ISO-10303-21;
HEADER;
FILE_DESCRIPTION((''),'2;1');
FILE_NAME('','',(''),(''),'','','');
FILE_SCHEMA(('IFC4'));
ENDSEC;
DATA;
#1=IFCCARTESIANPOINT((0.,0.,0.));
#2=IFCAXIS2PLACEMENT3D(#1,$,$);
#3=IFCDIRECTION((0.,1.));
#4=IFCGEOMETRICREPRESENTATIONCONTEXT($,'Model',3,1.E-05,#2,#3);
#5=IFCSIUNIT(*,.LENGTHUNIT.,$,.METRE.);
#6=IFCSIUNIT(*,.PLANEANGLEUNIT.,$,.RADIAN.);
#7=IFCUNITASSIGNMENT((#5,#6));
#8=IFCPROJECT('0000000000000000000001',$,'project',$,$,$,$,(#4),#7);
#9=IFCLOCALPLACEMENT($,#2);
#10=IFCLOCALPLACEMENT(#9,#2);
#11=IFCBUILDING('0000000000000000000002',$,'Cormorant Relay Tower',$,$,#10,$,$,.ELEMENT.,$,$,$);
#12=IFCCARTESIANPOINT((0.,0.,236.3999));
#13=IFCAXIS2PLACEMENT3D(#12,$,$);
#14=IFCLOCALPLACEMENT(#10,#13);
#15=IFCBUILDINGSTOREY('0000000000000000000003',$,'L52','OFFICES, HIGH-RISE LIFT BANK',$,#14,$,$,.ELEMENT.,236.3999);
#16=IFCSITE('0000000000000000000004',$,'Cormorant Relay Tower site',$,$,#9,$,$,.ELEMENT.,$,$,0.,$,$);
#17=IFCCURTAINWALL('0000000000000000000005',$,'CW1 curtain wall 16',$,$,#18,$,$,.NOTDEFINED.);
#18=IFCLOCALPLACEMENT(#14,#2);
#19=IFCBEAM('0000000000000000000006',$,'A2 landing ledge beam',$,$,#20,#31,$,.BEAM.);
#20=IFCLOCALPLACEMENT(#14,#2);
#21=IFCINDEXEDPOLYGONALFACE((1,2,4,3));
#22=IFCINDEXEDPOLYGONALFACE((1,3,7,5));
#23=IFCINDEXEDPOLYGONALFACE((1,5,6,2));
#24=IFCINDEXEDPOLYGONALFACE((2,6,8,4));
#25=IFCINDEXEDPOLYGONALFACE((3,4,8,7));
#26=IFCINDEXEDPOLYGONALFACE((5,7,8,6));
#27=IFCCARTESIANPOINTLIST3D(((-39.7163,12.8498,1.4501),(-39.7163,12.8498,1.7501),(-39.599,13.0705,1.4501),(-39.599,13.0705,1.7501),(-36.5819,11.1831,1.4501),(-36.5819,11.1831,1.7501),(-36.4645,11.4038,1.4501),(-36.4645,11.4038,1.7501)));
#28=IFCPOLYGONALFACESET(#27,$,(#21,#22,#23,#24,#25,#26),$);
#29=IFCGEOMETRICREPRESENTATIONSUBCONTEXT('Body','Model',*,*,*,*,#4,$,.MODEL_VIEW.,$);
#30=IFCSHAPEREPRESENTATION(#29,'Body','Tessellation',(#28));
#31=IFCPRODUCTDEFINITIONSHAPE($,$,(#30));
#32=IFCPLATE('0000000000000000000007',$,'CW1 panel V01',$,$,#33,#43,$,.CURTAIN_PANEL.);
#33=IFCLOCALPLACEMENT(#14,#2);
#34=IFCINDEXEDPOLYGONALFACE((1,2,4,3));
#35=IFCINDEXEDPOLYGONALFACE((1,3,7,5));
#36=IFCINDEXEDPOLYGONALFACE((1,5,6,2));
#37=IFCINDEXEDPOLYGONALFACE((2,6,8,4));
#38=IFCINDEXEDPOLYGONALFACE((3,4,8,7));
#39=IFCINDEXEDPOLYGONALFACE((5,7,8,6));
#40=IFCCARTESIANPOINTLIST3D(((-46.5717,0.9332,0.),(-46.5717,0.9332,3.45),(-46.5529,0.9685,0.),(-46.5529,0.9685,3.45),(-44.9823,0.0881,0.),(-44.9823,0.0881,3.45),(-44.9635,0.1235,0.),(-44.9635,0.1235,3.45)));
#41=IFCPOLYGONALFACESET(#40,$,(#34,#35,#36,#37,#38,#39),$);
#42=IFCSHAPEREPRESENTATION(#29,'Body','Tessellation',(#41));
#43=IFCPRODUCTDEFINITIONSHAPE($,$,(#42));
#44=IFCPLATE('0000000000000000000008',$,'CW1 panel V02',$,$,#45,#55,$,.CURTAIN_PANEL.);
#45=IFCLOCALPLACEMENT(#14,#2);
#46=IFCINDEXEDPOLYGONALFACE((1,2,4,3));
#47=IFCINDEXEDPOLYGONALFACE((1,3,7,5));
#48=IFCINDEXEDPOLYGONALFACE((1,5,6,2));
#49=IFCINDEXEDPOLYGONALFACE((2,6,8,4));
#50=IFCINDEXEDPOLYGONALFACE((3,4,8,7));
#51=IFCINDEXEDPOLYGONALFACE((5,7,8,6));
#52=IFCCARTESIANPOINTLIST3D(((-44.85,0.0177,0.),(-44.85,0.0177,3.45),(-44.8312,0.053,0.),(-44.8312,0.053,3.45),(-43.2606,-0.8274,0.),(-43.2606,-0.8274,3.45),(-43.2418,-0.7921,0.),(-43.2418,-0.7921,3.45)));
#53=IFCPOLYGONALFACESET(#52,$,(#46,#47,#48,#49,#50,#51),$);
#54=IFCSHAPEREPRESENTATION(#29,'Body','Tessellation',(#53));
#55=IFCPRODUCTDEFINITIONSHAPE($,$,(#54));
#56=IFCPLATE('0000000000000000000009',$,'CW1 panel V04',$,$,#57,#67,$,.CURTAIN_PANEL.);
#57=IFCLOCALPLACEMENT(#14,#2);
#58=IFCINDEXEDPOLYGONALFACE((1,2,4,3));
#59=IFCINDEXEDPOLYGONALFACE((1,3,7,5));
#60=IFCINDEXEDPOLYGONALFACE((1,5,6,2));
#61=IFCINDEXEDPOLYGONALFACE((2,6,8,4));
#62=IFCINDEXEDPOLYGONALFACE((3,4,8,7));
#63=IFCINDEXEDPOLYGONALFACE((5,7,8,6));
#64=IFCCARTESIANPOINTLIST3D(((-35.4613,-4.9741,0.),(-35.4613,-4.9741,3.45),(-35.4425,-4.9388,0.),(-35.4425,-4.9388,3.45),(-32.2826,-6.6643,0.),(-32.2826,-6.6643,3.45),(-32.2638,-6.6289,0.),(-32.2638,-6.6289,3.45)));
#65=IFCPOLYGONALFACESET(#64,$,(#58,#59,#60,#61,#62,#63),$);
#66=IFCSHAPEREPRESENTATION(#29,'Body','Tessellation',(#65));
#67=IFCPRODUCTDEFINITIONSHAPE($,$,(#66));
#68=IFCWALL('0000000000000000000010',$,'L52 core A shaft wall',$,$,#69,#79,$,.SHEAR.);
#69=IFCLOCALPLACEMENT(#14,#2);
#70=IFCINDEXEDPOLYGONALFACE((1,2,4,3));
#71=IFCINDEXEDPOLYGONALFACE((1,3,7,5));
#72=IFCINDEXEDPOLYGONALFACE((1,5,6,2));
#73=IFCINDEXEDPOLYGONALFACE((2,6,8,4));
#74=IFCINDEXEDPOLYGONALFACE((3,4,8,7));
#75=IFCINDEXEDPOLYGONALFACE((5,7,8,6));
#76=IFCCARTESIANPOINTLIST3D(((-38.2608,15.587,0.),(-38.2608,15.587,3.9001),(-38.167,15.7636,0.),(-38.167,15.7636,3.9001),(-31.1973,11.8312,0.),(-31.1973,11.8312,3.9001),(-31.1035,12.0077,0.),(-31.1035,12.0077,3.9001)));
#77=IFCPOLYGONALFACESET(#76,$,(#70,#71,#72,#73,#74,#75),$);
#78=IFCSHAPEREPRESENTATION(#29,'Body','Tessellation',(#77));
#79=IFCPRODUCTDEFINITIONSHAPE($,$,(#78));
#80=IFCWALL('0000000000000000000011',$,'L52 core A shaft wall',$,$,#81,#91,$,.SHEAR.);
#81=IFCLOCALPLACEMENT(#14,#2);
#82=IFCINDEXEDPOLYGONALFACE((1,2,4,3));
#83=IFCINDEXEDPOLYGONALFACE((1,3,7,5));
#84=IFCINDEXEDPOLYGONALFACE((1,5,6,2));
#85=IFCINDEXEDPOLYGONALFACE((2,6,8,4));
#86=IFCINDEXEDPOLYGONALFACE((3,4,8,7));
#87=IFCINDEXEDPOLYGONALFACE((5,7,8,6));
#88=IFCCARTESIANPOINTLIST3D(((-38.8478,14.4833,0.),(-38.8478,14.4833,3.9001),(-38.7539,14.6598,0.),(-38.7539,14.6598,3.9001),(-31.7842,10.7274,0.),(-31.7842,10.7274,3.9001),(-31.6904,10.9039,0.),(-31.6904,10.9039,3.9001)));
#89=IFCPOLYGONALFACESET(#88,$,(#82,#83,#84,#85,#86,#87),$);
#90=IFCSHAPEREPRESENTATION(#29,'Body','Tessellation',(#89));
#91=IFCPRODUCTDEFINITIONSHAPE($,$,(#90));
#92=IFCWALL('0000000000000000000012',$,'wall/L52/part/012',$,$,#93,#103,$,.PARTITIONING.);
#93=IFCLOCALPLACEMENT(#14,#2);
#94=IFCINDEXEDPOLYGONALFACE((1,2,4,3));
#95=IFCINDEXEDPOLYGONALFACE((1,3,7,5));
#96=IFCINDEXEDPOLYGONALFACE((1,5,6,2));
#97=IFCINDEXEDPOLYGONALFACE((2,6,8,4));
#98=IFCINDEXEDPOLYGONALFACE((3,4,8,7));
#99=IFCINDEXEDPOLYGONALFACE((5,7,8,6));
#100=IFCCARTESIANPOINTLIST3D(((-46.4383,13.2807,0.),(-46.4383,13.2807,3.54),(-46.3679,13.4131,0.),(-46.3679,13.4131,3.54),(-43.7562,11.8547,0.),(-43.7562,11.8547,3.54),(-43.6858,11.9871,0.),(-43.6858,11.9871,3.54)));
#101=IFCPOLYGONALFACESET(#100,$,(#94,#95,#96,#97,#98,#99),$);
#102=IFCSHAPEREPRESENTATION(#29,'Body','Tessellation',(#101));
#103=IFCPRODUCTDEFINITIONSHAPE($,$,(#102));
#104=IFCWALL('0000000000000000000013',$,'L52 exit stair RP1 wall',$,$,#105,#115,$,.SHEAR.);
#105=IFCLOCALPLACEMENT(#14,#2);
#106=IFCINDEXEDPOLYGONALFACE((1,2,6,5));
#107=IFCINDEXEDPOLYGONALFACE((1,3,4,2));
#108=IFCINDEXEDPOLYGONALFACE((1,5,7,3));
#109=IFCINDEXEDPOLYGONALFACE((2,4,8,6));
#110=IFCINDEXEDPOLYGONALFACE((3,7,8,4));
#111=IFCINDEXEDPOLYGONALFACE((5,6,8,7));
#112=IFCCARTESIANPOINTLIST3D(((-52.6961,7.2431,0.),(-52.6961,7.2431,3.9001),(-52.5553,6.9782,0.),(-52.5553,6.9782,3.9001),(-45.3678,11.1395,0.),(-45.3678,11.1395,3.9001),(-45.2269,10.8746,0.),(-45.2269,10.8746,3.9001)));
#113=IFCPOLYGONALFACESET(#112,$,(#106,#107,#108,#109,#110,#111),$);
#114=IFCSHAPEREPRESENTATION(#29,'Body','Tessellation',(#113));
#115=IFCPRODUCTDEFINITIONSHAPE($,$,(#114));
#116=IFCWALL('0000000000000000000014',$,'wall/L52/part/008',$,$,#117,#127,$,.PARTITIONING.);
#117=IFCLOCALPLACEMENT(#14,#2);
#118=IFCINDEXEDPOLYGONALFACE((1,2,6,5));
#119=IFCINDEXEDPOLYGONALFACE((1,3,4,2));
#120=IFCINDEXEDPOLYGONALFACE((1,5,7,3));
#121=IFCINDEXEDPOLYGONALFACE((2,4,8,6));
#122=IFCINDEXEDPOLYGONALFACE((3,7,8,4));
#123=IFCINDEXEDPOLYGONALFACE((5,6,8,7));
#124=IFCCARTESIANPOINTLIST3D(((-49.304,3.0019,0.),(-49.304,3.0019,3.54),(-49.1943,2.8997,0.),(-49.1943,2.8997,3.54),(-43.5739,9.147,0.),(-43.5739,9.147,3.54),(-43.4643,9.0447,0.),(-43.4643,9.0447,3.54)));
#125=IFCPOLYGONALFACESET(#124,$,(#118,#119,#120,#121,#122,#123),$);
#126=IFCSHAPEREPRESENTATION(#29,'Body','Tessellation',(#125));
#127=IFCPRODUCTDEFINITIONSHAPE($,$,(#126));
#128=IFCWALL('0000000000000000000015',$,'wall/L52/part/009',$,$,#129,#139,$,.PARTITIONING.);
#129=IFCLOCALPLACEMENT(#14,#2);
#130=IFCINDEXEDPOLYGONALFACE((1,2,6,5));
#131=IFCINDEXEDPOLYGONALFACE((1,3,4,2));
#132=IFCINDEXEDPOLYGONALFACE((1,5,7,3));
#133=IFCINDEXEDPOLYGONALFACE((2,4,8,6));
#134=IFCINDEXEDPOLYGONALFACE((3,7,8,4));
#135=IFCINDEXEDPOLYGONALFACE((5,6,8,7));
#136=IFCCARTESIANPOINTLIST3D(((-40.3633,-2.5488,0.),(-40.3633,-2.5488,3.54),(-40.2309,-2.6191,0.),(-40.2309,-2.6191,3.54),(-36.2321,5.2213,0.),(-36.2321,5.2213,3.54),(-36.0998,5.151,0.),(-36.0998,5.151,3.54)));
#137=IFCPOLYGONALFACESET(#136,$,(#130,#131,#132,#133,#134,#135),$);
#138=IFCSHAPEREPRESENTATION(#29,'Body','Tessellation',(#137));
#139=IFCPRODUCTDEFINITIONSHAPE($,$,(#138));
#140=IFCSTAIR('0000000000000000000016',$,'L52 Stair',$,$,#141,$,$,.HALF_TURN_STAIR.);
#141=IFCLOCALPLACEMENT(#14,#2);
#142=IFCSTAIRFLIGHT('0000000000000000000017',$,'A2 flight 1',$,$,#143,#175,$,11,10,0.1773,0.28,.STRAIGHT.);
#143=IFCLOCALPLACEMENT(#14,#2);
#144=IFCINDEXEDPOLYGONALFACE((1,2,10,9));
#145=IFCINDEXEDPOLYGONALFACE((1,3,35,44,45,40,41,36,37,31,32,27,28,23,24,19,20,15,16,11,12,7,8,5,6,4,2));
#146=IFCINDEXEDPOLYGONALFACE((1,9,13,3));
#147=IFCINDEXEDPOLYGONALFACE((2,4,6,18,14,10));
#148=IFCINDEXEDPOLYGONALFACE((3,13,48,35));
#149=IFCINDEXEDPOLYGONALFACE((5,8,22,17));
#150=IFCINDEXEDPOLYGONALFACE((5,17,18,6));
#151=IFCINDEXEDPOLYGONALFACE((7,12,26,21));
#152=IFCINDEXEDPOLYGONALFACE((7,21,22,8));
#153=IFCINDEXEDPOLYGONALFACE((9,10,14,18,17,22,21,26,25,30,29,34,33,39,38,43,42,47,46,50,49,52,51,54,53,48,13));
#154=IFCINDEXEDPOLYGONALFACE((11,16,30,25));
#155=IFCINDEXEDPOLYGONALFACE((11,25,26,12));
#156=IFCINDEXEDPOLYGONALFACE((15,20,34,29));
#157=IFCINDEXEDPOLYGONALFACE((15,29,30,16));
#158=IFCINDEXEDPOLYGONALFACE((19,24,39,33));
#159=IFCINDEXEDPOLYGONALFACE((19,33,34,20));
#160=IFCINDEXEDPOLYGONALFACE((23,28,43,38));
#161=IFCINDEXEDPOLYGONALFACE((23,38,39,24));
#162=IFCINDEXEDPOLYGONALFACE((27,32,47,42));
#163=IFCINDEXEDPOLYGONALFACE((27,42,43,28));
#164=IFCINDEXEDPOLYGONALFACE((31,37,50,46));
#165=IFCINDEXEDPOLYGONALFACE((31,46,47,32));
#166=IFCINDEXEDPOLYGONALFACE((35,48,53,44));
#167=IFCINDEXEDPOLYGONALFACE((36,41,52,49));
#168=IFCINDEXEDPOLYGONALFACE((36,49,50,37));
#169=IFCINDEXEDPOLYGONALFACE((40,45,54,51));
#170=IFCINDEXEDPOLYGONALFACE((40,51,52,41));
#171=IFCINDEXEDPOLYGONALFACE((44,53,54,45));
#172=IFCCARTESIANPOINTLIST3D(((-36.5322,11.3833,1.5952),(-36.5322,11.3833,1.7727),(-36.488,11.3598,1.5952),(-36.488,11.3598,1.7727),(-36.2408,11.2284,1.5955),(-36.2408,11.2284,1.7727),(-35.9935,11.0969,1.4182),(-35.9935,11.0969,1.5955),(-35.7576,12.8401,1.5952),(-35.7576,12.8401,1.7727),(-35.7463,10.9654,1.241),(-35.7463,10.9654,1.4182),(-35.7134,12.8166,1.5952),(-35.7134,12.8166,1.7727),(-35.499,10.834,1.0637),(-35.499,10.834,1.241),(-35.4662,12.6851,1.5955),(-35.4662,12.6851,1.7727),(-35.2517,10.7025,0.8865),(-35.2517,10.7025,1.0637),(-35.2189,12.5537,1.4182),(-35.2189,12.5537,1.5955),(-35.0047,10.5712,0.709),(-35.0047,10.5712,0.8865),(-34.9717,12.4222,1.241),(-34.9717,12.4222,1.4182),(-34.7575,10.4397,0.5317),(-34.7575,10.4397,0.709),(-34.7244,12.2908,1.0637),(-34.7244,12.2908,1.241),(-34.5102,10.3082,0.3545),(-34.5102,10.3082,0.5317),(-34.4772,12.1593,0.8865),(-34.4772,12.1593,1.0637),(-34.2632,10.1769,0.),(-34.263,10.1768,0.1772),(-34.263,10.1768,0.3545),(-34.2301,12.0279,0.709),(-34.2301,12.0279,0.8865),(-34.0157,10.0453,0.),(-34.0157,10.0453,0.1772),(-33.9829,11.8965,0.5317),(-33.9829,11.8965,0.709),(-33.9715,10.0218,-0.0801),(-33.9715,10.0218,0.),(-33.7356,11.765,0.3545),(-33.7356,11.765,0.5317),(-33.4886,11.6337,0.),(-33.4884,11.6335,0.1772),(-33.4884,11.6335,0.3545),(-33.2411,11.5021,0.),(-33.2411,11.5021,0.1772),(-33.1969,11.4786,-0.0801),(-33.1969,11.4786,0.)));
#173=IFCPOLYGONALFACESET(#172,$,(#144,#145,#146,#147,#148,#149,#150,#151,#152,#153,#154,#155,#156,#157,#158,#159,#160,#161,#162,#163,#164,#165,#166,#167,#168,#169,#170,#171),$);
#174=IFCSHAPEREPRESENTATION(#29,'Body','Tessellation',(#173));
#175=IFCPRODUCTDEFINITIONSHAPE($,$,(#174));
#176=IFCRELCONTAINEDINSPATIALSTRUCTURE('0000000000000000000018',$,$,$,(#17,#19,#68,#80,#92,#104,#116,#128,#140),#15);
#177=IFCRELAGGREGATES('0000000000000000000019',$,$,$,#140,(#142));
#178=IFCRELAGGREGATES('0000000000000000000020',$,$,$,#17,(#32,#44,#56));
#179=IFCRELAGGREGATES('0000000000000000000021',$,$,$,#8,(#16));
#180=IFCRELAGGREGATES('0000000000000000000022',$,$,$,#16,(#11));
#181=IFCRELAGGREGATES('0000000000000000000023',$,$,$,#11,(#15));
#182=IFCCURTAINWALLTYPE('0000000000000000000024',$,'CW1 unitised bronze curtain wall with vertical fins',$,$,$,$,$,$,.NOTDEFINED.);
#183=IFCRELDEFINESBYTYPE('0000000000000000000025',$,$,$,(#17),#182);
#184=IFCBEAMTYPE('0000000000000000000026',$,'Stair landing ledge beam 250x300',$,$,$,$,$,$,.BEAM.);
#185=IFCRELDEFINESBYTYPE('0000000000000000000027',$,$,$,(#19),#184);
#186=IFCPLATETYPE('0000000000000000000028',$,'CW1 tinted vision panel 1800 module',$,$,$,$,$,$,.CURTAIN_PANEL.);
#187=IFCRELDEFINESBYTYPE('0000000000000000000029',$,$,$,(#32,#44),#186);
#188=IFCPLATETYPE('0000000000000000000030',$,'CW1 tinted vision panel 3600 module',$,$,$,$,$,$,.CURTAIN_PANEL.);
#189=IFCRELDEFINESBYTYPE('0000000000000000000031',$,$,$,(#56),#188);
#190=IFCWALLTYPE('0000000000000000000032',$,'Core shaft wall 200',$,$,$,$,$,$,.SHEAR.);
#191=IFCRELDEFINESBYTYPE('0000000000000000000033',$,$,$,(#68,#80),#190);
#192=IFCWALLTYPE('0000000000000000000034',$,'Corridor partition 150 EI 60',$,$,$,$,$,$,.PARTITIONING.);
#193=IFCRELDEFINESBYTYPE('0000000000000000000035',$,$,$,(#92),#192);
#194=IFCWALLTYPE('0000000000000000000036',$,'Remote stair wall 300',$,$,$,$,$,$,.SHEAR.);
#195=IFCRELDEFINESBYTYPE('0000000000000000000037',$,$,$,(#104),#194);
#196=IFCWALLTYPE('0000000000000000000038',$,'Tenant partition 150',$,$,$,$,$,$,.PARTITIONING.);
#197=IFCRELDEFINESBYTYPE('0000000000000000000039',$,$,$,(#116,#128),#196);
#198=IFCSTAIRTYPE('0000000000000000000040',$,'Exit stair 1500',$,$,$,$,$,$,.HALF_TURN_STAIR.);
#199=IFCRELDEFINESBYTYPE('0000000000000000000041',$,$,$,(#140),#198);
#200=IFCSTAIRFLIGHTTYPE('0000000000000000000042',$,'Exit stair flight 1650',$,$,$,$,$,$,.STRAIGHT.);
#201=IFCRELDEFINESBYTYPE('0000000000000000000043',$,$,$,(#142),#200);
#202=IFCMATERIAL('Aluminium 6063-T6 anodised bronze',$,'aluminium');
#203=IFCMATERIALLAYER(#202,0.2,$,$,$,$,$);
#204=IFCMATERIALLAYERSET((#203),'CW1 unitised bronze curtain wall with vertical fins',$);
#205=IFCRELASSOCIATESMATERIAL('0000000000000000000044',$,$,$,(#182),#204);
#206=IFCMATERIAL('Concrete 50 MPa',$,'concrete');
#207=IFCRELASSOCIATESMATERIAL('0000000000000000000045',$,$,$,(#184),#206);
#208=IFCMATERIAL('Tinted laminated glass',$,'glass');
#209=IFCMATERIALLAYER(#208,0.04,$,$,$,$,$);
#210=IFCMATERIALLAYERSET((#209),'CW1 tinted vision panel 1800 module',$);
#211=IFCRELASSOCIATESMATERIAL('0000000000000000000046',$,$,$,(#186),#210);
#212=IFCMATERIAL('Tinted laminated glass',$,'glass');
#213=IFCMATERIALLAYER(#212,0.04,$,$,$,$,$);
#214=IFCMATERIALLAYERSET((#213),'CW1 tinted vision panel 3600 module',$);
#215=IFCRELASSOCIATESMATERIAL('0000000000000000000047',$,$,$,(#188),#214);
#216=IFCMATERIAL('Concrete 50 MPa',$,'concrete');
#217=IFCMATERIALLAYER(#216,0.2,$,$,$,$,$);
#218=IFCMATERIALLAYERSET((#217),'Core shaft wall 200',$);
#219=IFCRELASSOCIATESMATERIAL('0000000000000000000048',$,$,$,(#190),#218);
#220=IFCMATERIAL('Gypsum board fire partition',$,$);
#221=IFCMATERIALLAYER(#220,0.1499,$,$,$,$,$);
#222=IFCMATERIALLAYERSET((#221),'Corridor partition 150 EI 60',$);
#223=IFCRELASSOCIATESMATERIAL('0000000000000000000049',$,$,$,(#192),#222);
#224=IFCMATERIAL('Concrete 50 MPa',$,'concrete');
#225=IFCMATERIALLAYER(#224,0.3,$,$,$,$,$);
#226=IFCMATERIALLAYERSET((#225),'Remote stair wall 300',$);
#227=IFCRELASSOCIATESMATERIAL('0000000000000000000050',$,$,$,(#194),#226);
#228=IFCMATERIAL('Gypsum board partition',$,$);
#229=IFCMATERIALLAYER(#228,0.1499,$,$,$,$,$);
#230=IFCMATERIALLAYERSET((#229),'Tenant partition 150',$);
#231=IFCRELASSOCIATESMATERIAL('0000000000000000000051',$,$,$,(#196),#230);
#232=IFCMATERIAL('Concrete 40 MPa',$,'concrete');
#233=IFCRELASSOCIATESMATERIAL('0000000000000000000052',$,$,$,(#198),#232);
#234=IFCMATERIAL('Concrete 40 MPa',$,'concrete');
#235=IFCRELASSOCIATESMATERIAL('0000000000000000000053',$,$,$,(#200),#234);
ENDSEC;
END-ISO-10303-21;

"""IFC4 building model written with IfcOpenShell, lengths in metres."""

from ifc_helpers import new_model, si_unit, direction, frame, frame_2d, origin, origin_2d, place, context, subcontext, project, spatial, polyline, rectangle, outline, extrude, material, layer, layer_set, material_profile, profile_set, type_object, element, aggregate, save


model = new_model("IFC4")

# Units and contexts
model_context = context("Model", 3, precision=1e-05, world=origin(), true_north=direction((0.0, 1.0)))
body_context = subcontext(model_context, "Body", "Model", "MODEL_VIEW")
ifc_project = project(units=[si_unit("LENGTHUNIT", "METRE"), si_unit("PLANEANGLEUNIT", "RADIAN")], contexts=[model_context])

# Site, building, storey
site_placement = place(None, origin())
site = spatial("IfcSite", under=ifc_project, at=site_placement, Name="Cormorant Relay Tower site", CompositionType="ELEMENT", RefElevation=0.0)
building_placement = place(site_placement, origin())
building = spatial("IfcBuilding", under=site, at=building_placement, Name="Cormorant Relay Tower", CompositionType="ELEMENT")
storey_placement = place(building_placement, frame((0.0, 0.0, 236.3999)))
storey = spatial("IfcBuildingStorey", under=building, at=storey_placement, Name="L52", Description="OFFICES, HIGH-RISE LIFT BANK", CompositionType="ELEMENT", Elevation=236.3999)

# Curtain wall
ifc_material_1 = material(Name="Aluminium 6063-T6 anodised bronze", Category="aluminium")
ifc_layer_1 = layer(ifc_material_1, 0.2)
ifc_layer_set_1 = layer_set([ifc_layer_1], Name="CW1 unitised bronze curtain wall with vertical fins")
curtain_wall_type = type_object("IfcCurtainWallType", Name="CW1 unitised bronze curtain wall with vertical fins", PredefinedType="NOTDEFINED", material=ifc_layer_set_1)
curtain_wall_placement = place(storey_placement, origin())
curtain_wall = element("IfcCurtainWall", 1, at=curtain_wall_placement, inside=storey, type_object=curtain_wall_type, Name="CW1 curtain wall 16", PredefinedType="NOTDEFINED")

# Beam
ifc_material_2 = material(Name="Concrete 50 MPa", Category="concrete")
ifc_material_profile_1 = material_profile(ifc_material_2, rectangle(XDim=0.25, YDim=0.3, at=origin_2d()), Name="RC 250x300")
ifc_profile_set_1 = profile_set([ifc_material_profile_1], Name="Concrete 50 MPa")
beam_type_1 = type_object("IfcBeamType", Name="Stair landing ledge beam 250x300", PredefinedType="BEAM", material=ifc_profile_set_1)
beam_1_placement = place(storey_placement, frame((-36.5232, 11.2935, 1.6001), z_axis=(-0.882937, 0.469492, 0.0), x_axis=(-0.469492, -0.882937, 0.0)))
element("IfcBeam", 2, at=beam_1_placement, inside=storey, type_object=beam_type_1, Name="A2 landing ledge beam", PredefinedType="BEAM", context=body_context, shape_type="SweptSolid", body=[
    extrude(rectangle(XDim=0.25, YDim=0.3, at=origin_2d()), origin(), (0.0, 0.0, 1.0), 3.55),
])

# Plates
ifc_material_3 = material(Name="Tinted laminated glass", Category="glass")
ifc_layer_2 = layer(ifc_material_3, 0.04)
ifc_layer_set_2 = layer_set([ifc_layer_2], Name="CW1 tinted vision panel 1800 module")
plate_type_1 = type_object("IfcPlateType", Name="CW1 tinted vision panel 1800 module", PredefinedType="CURTAIN_PANEL", material=ifc_layer_set_2)
plate_1_placement = place(storey_placement, frame((-45.7676, 0.5283, 0.0), z_axis=(0.0, 0.0, 1.0), x_axis=(0.882948, -0.469472, 0.0)))
plate_1 = element("IfcPlate", 3, at=plate_1_placement, type_object=plate_type_1, Name="CW1 panel V01", PredefinedType="CURTAIN_PANEL", context=body_context, shape_type="SweptSolid", body=[
    extrude(rectangle(XDim=1.8, YDim=0.04, at=origin_2d()), origin(), (0.0, 0.0, 1.0), 3.45),
])
plate_2_placement = place(storey_placement, frame((-44.0459, -0.3872, 0.0), z_axis=(0.0, 0.0, 1.0), x_axis=(0.882948, -0.469472, 0.0)))
plate_2 = element("IfcPlate", 4, at=plate_2_placement, type_object=plate_type_1, Name="CW1 panel V02", PredefinedType="CURTAIN_PANEL", context=body_context, shape_type="SweptSolid", body=[
    extrude(rectangle(XDim=1.8, YDim=0.04, at=origin_2d()), origin(), (0.0, 0.0, 1.0), 3.45),
])
ifc_material_4 = material(Name="Tinted laminated glass", Category="glass")
ifc_layer_3 = layer(ifc_material_4, 0.04)
ifc_layer_set_3 = layer_set([ifc_layer_3], Name="CW1 tinted vision panel 3600 module")
plate_type_2 = type_object("IfcPlateType", Name="CW1 tinted vision panel 3600 module", PredefinedType="CURTAIN_PANEL", material=ifc_layer_set_3)
plate_3_placement = place(storey_placement, frame((-33.8625, -5.8015, 0.0), z_axis=(0.0, 0.0, 1.0), x_axis=(0.882948, -0.469472, 0.0)))
plate_3 = element("IfcPlate", 5, at=plate_3_placement, type_object=plate_type_2, Name="CW1 panel V04", PredefinedType="CURTAIN_PANEL", context=body_context, shape_type="SweptSolid", body=[
    extrude(rectangle(XDim=3.6001, YDim=0.04, at=origin_2d()), origin(), (0.0, 0.0, 1.0), 3.45),
])

# Walls
ifc_material_5 = material(Name="Concrete 50 MPa", Category="concrete")
ifc_layer_4 = layer(ifc_material_5, 0.2)
ifc_layer_set_4 = layer_set([ifc_layer_4], Name="Core shaft wall 200")
wall_type_1 = type_object("IfcWallType", Name="Core shaft wall 200", PredefinedType="SHEAR", material=ifc_layer_set_4)
for number, where, z_axis, x_axis, name in (
    (6, (-31.1504, 11.9194, 0.0), (0.0, 0.0, 1.0), (-0.88294, 0.469485, 0.0), "L52 core A shaft wall"),
    (7, (-31.7373, 10.8157, 0.0), (0.0, 0.0, 1.0), (-0.88294, 0.469485, 0.0), "L52 core A shaft wall"),
):
    element("IfcWall", number, at=place(storey_placement, frame(where, z_axis=z_axis, x_axis=x_axis)), inside=storey, type_object=wall_type_1, Name=name, PredefinedType="SHEAR", context=body_context, shape_type="SweptSolid", body=[
        extrude(rectangle(XDim=8.0, YDim=0.2, at=frame_2d((4.0, 0.0))), origin(), (0.0, 0.0, 1.0), 3.9001),
    ])
ifc_material_6 = material(Name="Gypsum board fire partition")
ifc_layer_5 = layer(ifc_material_6, 0.1499)
ifc_layer_set_5 = layer_set([ifc_layer_5], Name="Corridor partition 150 EI 60")
wall_type_2 = type_object("IfcWallType", Name="Corridor partition 150 EI 60", PredefinedType="PARTITIONING", material=ifc_layer_set_5)
wall_1_placement = place(storey_placement, frame((-46.4031, 13.3469, 0.0), z_axis=(0.0, 0.0, 1.0), x_axis=(0.88296, -0.469449, 0.0)))
element("IfcWall", 8, at=wall_1_placement, inside=storey, type_object=wall_type_2, Name="wall/L52/part/012", PredefinedType="PARTITIONING", context=body_context, shape_type="SweptSolid", body=[
    extrude(rectangle(XDim=3.0376, YDim=0.1499, at=frame_2d((1.5188, 0.0))), origin(), (0.0, 0.0, 1.0), 3.54),
])
ifc_material_7 = material(Name="Concrete 50 MPa", Category="concrete")
ifc_layer_6 = layer(ifc_material_7, 0.3)
ifc_layer_set_6 = layer_set([ifc_layer_6], Name="Remote stair wall 300")
wall_type_3 = type_object("IfcWallType", Name="Remote stair wall 300", PredefinedType="SHEAR", material=ifc_layer_set_6)
wall_2_placement = place(storey_placement, frame((-45.2974, 11.0071, 0.0), z_axis=(0.0, 0.0, 1.0), x_axis=(-0.882952, -0.469464, 0.0)))
element("IfcWall", 9, at=wall_2_placement, inside=storey, type_object=wall_type_3, Name="L52 exit stair RP1 wall", PredefinedType="SHEAR", context=body_context, shape_type="SweptSolid", body=[
    extrude(rectangle(XDim=8.2998, YDim=0.3, at=frame_2d((4.1499, 0.0))), origin(), (0.0, 0.0, 1.0), 3.9001),
])
ifc_material_8 = material(Name="Gypsum board partition")
ifc_layer_7 = layer(ifc_material_8, 0.1499)
ifc_layer_set_7 = layer_set([ifc_layer_7], Name="Tenant partition 150")
wall_type_4 = type_object("IfcWallType", Name="Tenant partition 150", PredefinedType="PARTITIONING", material=ifc_layer_set_7)
wall_3_placement = place(storey_placement, frame((-43.519, 9.0959, 0.0), z_axis=(0.0, 0.0, 1.0), x_axis=(-0.681977, -0.731374, 0.0)))
element("IfcWall", 10, at=wall_3_placement, inside=storey, type_object=wall_type_4, Name="wall/L52/part/008", PredefinedType="PARTITIONING", context=body_context, shape_type="SweptSolid", body=[
    extrude(rectangle(XDim=8.4021, YDim=0.1499, at=frame_2d((4.2012, 0.0))), origin(), (0.0, 0.0, 1.0), 3.54),
])
wall_4_placement = place(storey_placement, frame((-36.166, 5.186, 0.0), z_axis=(0.0, 0.0, 1.0), x_axis=(-0.469446, -0.882961, 0.0)))
element("IfcWall", 11, at=wall_4_placement, inside=storey, type_object=wall_type_4, Name="wall/L52/part/009", PredefinedType="PARTITIONING", context=body_context, shape_type="SweptSolid", body=[
    extrude(rectangle(XDim=8.8, YDim=0.1499, at=frame_2d((4.3999, 0.0))), origin(), (0.0, 0.0, 1.0), 3.54),
])

# Stair, stair flight
ifc_material_9 = material(Name="Concrete 40 MPa", Category="concrete")
stair_type = type_object("IfcStairType", Name="Exit stair 1500", PredefinedType="HALF_TURN_STAIR", material=ifc_material_9)
stair_placement = place(storey_placement, origin())
stair = element("IfcStair", 12, at=stair_placement, inside=storey, type_object=stair_type, Name="L52 Stair", PredefinedType="HALF_TURN_STAIR")
ifc_material_10 = material(Name="Concrete 40 MPa", Category="concrete")
stair_flight_type = type_object("IfcStairFlightType", Name="Exit stair flight 1650", PredefinedType="STRAIGHT", material=ifc_material_10)
stair_flight_1_placement = place(storey_placement, frame((-33.6284, 10.7737, 0.0), z_axis=(0.0, 0.0, 1.0), x_axis=(-0.882948, 0.469472, 0.0)))
stair_flight_1 = element("IfcStairFlight", 13, at=stair_flight_1_placement, type_object=stair_flight_type, Name="A2 flight 1", NumberOfRisers=11, NumberOfTreads=10, PredefinedType="STRAIGHT", RiserHeight=0.1773, TreadLength=0.28, context=body_context, shape_type="SweptSolid", body=[
    extrude(outline(polyline([(-0.05, -0.0801), (-0.05, 0.0), (0.0, 0.0), (0.0, 0.1772), (0.28, 0.1772), (0.28, 0.3545), (0.5601, 0.3545), (0.5601, 0.5317), (0.8401, 0.5317), (0.8401, 0.709), (1.1201, 0.709), (1.1201, 0.8865), (1.3999, 0.8865), (1.3999, 1.0637), (1.6799, 1.0637), (1.6799, 1.241), (1.96, 1.241), (1.96, 1.4182), (2.24, 1.4182), (2.24, 1.5955), (2.52, 1.5955), (2.52, 1.7727), (2.8, 1.7727), (2.8501, 1.7727), (2.8501, 1.5952), (2.8, 1.5952), (0.2803, 0.0), (-0.05, -0.0801)])), frame((0.0, 0.825, 0.0), z_axis=(0.0, -1.0, 0.0), x_axis=(1.0, 0.0, 0.0)), (0.0, 0.0, 1.0), 1.6499),
])
aggregate(stair, [stair_flight_1])

aggregate(curtain_wall, [plate_1, plate_2, plate_3])

save(model, "model.ifc")
